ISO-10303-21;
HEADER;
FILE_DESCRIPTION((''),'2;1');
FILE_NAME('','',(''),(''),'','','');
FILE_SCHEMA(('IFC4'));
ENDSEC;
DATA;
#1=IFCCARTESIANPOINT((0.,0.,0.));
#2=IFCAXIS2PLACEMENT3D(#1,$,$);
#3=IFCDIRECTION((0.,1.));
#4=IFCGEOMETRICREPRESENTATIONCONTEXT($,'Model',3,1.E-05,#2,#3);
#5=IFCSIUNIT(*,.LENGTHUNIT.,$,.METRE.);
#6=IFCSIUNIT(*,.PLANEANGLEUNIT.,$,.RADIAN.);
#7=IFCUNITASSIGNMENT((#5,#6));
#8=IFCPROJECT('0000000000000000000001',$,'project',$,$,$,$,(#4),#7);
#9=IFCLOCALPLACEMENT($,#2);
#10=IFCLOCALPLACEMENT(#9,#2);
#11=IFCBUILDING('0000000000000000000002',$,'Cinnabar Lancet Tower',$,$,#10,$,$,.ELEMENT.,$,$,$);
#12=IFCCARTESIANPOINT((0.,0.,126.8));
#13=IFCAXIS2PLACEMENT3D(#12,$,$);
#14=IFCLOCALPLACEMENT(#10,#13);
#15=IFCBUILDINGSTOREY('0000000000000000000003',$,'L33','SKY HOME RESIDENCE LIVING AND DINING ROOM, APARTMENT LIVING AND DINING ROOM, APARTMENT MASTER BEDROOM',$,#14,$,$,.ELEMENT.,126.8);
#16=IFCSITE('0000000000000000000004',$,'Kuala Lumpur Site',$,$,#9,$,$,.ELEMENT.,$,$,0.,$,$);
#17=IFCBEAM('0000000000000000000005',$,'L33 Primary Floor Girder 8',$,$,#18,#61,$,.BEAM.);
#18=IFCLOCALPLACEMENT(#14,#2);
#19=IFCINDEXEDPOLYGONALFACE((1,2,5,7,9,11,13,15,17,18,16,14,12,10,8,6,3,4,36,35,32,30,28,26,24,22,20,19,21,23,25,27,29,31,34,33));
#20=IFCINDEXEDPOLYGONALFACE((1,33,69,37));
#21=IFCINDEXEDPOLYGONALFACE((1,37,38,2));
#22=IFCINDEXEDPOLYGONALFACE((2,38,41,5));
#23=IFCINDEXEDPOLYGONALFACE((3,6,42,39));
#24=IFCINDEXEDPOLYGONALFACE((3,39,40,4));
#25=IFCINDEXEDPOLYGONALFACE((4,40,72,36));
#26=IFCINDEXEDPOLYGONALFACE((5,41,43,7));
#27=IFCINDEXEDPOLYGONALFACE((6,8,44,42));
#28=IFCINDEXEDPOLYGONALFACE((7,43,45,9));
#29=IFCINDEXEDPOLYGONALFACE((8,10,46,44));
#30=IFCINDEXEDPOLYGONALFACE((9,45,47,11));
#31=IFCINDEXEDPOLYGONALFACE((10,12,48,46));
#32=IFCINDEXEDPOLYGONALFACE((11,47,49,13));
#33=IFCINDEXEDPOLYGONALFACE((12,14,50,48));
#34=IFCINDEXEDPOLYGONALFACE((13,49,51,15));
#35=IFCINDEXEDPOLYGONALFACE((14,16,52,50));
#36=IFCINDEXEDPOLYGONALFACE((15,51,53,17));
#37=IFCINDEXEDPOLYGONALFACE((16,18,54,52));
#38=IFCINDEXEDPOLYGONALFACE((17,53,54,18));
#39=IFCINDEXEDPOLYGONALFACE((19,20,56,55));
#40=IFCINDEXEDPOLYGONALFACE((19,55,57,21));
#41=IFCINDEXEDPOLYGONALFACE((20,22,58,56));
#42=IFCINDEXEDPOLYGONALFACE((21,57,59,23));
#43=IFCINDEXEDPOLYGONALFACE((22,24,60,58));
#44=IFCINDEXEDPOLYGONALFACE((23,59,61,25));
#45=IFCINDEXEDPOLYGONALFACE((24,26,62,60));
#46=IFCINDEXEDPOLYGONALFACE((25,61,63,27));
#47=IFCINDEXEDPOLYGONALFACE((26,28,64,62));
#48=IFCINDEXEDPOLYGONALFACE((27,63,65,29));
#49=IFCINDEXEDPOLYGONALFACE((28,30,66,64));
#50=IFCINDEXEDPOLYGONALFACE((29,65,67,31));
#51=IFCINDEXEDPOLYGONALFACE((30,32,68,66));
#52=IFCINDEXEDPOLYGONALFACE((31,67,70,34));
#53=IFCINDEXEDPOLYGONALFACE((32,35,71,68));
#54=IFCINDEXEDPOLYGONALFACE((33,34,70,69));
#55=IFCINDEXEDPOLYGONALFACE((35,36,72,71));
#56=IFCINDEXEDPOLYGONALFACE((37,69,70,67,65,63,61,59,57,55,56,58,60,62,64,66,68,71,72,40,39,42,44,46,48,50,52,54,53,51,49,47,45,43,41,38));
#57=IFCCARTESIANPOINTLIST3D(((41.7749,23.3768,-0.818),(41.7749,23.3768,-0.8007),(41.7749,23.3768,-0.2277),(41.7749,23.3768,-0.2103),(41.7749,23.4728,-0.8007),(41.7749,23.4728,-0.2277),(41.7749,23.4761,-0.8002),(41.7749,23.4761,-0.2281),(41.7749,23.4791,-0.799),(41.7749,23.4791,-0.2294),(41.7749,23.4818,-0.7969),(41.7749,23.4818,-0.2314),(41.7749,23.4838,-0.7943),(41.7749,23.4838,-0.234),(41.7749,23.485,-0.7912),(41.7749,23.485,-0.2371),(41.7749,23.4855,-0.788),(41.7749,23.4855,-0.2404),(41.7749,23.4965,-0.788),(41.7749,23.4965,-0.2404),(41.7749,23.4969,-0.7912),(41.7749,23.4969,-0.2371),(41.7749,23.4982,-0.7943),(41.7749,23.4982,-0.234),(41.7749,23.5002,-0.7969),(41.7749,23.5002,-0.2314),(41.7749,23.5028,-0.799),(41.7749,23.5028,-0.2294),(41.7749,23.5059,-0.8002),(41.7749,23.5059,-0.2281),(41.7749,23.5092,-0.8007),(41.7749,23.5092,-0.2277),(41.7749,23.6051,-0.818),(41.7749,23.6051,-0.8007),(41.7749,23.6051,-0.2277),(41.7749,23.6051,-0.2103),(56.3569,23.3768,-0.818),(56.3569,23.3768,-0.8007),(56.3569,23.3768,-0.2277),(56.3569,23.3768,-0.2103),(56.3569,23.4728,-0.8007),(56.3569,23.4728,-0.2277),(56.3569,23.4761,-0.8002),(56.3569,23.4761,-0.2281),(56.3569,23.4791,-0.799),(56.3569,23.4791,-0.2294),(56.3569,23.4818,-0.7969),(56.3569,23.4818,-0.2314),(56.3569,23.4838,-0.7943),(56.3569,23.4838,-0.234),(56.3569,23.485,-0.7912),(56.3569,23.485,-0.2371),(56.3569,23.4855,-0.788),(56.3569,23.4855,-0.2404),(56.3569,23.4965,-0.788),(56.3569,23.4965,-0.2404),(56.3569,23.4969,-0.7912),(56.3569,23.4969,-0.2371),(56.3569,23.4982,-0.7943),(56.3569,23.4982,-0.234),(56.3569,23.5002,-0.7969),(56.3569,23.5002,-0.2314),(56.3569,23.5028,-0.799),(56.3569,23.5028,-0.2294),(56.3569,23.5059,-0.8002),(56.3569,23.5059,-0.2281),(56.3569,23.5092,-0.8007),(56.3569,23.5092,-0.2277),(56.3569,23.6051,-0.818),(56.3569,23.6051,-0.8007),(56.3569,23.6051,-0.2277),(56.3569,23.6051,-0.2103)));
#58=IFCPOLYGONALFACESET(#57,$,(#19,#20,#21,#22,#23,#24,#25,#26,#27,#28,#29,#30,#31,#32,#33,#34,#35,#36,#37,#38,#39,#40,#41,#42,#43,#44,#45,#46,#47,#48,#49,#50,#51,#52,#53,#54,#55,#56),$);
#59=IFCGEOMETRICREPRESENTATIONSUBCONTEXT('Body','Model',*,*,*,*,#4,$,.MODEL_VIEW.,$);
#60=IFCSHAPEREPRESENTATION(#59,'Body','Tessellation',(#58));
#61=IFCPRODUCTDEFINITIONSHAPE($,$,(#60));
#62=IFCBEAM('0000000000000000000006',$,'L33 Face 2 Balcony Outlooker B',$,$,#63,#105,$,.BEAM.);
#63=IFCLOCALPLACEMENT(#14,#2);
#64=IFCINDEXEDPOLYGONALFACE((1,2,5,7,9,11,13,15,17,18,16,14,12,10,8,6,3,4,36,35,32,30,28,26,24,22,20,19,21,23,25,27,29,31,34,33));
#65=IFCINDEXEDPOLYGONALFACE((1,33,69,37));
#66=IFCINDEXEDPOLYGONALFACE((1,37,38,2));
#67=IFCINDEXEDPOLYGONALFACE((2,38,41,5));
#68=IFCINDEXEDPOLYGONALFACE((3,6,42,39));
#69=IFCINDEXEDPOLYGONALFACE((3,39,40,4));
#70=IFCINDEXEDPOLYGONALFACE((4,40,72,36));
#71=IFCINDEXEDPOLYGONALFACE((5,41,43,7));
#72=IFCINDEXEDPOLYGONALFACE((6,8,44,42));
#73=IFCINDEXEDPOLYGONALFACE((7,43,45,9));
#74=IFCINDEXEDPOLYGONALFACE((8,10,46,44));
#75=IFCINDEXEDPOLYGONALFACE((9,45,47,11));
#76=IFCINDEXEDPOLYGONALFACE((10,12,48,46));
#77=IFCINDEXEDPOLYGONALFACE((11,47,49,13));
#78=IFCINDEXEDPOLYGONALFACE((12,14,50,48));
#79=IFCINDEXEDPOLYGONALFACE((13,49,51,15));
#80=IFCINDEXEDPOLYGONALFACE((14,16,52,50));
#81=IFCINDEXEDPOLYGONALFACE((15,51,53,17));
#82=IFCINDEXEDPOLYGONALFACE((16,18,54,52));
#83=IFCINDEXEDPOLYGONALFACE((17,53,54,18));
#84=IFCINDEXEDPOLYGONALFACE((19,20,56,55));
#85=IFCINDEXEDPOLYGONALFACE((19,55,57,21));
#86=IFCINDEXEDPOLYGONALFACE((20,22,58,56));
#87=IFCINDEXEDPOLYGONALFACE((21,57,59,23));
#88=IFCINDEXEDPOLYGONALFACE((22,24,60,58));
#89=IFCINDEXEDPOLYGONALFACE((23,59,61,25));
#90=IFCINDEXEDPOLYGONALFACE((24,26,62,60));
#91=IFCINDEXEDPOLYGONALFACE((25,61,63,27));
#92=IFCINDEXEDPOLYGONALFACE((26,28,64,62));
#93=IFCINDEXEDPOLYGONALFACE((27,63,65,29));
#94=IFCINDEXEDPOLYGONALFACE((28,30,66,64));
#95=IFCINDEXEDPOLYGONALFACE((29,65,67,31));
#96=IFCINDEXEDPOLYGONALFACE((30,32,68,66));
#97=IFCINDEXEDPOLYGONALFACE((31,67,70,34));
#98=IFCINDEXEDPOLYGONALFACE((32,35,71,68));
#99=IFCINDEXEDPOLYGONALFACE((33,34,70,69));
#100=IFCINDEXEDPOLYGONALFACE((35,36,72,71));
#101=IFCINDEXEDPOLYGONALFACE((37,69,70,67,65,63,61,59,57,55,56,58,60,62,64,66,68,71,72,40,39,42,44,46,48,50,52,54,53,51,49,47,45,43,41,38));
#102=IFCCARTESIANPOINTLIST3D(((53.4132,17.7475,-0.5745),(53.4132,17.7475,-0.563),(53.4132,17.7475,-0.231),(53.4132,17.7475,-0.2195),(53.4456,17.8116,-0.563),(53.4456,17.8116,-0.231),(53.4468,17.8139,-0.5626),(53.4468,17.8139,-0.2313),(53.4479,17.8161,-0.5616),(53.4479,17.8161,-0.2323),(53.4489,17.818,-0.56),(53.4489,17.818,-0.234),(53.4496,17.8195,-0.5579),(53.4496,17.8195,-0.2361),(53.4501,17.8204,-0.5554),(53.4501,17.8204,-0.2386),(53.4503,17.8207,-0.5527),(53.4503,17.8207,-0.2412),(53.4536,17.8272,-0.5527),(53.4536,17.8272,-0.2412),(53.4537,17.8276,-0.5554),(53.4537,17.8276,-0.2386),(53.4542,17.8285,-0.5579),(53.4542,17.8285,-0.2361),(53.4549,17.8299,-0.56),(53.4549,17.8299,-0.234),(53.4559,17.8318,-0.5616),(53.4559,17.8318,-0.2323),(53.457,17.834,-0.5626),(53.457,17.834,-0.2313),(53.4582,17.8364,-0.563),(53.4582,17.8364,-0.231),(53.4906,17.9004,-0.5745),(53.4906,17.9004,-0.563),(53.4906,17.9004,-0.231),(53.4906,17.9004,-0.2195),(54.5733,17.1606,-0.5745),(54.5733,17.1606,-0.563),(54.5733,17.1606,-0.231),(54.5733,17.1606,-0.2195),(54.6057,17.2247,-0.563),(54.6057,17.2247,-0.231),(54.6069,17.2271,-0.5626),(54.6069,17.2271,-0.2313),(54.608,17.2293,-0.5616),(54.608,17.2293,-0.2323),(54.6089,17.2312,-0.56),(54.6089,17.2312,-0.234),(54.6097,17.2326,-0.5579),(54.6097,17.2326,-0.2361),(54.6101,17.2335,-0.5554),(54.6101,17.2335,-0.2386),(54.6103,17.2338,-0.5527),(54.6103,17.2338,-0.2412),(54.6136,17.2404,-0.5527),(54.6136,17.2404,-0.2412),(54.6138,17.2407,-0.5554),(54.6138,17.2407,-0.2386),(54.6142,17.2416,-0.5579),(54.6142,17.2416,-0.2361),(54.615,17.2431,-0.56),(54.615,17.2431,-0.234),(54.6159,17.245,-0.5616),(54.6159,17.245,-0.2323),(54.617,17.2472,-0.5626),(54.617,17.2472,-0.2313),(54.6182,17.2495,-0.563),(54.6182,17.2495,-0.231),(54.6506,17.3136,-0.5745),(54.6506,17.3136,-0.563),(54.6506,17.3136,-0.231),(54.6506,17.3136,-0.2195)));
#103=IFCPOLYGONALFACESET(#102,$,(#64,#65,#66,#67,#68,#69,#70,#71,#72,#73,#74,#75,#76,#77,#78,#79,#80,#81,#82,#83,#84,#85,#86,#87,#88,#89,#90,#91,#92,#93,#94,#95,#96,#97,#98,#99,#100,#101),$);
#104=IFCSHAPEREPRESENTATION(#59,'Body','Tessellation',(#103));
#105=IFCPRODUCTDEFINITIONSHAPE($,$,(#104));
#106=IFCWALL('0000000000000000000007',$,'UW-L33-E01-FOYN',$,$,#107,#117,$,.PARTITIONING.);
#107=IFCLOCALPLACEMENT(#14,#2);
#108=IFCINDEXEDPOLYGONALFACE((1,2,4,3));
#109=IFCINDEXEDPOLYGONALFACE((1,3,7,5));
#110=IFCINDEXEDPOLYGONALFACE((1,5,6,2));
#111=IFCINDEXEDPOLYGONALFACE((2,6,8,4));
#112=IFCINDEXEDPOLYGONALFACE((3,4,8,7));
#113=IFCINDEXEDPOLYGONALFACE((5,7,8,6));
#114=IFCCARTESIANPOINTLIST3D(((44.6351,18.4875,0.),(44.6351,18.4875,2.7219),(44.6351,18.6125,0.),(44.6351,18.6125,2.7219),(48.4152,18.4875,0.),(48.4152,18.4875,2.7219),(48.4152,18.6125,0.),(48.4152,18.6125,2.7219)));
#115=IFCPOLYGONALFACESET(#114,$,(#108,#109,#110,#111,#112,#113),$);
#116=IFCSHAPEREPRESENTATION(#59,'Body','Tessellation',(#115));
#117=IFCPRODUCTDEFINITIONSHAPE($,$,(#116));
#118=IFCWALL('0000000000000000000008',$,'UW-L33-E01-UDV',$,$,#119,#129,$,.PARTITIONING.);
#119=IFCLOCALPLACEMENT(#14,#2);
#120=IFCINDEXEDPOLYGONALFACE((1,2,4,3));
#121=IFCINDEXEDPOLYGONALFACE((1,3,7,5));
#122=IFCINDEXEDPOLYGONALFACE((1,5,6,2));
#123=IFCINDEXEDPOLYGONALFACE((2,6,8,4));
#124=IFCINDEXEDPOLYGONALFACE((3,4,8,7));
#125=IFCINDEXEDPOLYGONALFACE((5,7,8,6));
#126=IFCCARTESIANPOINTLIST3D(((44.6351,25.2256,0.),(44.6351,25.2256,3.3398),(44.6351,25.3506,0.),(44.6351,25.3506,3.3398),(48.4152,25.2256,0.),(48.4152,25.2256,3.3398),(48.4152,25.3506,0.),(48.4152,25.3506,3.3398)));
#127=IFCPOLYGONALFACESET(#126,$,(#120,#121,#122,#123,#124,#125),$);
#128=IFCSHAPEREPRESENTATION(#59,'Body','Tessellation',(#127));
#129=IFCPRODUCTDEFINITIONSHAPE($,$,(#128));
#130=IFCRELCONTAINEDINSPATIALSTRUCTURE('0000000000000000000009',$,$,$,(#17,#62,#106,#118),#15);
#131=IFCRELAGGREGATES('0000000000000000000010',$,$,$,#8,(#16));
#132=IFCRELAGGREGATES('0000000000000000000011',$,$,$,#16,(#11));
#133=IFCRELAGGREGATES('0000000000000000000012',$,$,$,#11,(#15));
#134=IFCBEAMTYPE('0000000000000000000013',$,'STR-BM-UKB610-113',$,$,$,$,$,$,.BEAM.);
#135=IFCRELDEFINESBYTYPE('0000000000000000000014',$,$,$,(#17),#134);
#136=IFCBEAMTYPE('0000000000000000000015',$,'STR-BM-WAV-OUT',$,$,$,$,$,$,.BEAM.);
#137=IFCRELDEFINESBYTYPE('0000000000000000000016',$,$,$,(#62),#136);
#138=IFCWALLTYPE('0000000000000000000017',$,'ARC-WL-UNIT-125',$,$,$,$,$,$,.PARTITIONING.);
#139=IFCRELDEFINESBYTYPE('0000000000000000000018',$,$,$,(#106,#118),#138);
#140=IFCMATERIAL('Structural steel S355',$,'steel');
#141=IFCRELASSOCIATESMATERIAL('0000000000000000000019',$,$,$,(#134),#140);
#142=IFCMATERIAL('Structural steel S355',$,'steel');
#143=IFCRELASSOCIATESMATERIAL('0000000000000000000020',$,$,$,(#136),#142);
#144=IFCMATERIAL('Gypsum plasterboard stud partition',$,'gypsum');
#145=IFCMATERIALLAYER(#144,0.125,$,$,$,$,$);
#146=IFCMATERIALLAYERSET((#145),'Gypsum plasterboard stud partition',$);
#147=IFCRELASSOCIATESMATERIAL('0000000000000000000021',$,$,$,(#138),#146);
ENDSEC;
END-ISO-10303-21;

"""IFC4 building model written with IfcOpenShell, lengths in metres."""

from ifc_helpers import new_model, si_unit, direction, frame, frame_2d, origin, origin_2d, place, context, subcontext, project, spatial, rectangle, i_section, extrude, material, layer, layer_set, material_profile, profile_set, type_object, element, save


model = new_model("IFC4")

# Units and contexts
model_context = context("Model", 3, precision=1e-05, world=origin(), true_north=direction((0.0, 1.0)))
body_context = subcontext(model_context, "Body", "Model", "MODEL_VIEW")
ifc_project = project(units=[si_unit("LENGTHUNIT", "METRE"), si_unit("PLANEANGLEUNIT", "RADIAN")], contexts=[model_context])

# Site, building, storey
site_placement = place(None, origin())
site = spatial("IfcSite", under=ifc_project, at=site_placement, Name="Kuala Lumpur Site", CompositionType="ELEMENT", RefElevation=0.0)
building_placement = place(site_placement, origin())
building = spatial("IfcBuilding", under=site, at=building_placement, Name="Cinnabar Lancet Tower", CompositionType="ELEMENT")
storey_placement = place(building_placement, frame((0.0, 0.0, 126.8)))
storey = spatial("IfcBuildingStorey", under=building, at=storey_placement, Name="L33", Description="SKY HOME RESIDENCE LIVING AND DINING ROOM, APARTMENT LIVING AND DINING ROOM, APARTMENT MASTER BEDROOM", CompositionType="ELEMENT", Elevation=126.8)

# Beams
ifc_material_1 = material(Name="Structural steel S355", Category="steel")
ifc_material_profile_1 = material_profile(ifc_material_1, i_section(OverallWidth=0.2283, OverallDepth=0.6077, WebThickness=0.011, FlangeThickness=0.0173, FilletRadius=0.0127, at=origin_2d()), Name="UKB 610x229x113")
ifc_profile_set_1 = profile_set([ifc_material_profile_1], Name="Structural steel S355")
beam_type_1 = type_object("IfcBeamType", Name="STR-BM-UKB610-113", PredefinedType="BEAM", material=ifc_profile_set_1)
beam_1_placement = place(storey_placement, frame((56.3569, 23.491, -0.5142), z_axis=(-1.0, 0.0, 0.0), x_axis=(0.0, -1.0, 0.0)))
element("IfcBeam", 1, at=beam_1_placement, inside=storey, type_object=beam_type_1, Name="L33 Primary Floor Girder 8", PredefinedType="BEAM", context=body_context, shape_type="SweptSolid", body=[
    extrude(i_section(OverallWidth=0.2283, OverallDepth=0.6077, WebThickness=0.011, FlangeThickness=0.0173, FilletRadius=0.0127, at=origin_2d()), origin(), (0.0, 0.0, 1.0), 14.582),
])
ifc_material_2 = material(Name="Structural steel S355", Category="steel")
ifc_material_profile_2 = material_profile(ifc_material_2, i_section(OverallWidth=0.1714, OverallDepth=0.355, WebThickness=0.0073, FlangeThickness=0.0115, FilletRadius=0.0103, at=origin_2d()), Name="UKB 356x171x51")
ifc_profile_set_2 = profile_set([ifc_material_profile_2], Name="Structural steel S355")
beam_type_2 = type_object("IfcBeamType", Name="STR-BM-WAV-OUT", PredefinedType="BEAM", material=ifc_profile_set_2)
beam_2_placement = place(storey_placement, frame((53.4519, 17.824, -0.397), z_axis=(0.892314, -0.451415, 0.0), x_axis=(0.451415, 0.892314, 0.0)))
element("IfcBeam", 2, at=beam_2_placement, inside=storey, type_object=beam_type_2, Name="L33 Face 2 Balcony Outlooker B", PredefinedType="BEAM", context=body_context, shape_type="SweptSolid", body=[
    extrude(i_section(OverallWidth=0.1714, OverallDepth=0.355, WebThickness=0.0073, FlangeThickness=0.0115, FilletRadius=0.0103, at=origin_2d()), origin(), (0.0, 0.0, 1.0), 1.3),
])

# Walls
ifc_material_3 = material(Name="Gypsum plasterboard stud partition", Category="gypsum")
ifc_layer_1 = layer(ifc_material_3, 0.125)
ifc_layer_set_1 = layer_set([ifc_layer_1], Name="Gypsum plasterboard stud partition")
wall_type_1 = type_object("IfcWallType", Name="ARC-WL-UNIT-125", PredefinedType="PARTITIONING", material=ifc_layer_set_1)
wall_1_placement = place(storey_placement, frame((44.635, 18.55, 0.0), z_axis=(0.0, 0.0, 1.0), x_axis=(1.0, 0.0, 0.0)))
element("IfcWall", 3, at=wall_1_placement, inside=storey, type_object=wall_type_1, Name="UW-L33-E01-FOYN", PredefinedType="PARTITIONING", context=body_context, shape_type="SweptSolid", body=[
    extrude(rectangle(XDim=3.78, YDim=0.125, at=frame_2d((1.8901, 0.0))), origin(), (0.0, 0.0, 1.0), 2.7219),
])
wall_2_placement = place(storey_placement, frame((44.635, 25.2881, 0.0), z_axis=(0.0, 0.0, 1.0), x_axis=(1.0, 0.0, 0.0)))
element("IfcWall", 4, at=wall_2_placement, inside=storey, type_object=wall_type_1, Name="UW-L33-E01-UDV", PredefinedType="PARTITIONING", context=body_context, shape_type="SweptSolid", body=[
    extrude(rectangle(XDim=3.78, YDim=0.125, at=frame_2d((1.8901, 0.0))), origin(), (0.0, 0.0, 1.0), 3.3398),
])

save(model, "model.ifc")
